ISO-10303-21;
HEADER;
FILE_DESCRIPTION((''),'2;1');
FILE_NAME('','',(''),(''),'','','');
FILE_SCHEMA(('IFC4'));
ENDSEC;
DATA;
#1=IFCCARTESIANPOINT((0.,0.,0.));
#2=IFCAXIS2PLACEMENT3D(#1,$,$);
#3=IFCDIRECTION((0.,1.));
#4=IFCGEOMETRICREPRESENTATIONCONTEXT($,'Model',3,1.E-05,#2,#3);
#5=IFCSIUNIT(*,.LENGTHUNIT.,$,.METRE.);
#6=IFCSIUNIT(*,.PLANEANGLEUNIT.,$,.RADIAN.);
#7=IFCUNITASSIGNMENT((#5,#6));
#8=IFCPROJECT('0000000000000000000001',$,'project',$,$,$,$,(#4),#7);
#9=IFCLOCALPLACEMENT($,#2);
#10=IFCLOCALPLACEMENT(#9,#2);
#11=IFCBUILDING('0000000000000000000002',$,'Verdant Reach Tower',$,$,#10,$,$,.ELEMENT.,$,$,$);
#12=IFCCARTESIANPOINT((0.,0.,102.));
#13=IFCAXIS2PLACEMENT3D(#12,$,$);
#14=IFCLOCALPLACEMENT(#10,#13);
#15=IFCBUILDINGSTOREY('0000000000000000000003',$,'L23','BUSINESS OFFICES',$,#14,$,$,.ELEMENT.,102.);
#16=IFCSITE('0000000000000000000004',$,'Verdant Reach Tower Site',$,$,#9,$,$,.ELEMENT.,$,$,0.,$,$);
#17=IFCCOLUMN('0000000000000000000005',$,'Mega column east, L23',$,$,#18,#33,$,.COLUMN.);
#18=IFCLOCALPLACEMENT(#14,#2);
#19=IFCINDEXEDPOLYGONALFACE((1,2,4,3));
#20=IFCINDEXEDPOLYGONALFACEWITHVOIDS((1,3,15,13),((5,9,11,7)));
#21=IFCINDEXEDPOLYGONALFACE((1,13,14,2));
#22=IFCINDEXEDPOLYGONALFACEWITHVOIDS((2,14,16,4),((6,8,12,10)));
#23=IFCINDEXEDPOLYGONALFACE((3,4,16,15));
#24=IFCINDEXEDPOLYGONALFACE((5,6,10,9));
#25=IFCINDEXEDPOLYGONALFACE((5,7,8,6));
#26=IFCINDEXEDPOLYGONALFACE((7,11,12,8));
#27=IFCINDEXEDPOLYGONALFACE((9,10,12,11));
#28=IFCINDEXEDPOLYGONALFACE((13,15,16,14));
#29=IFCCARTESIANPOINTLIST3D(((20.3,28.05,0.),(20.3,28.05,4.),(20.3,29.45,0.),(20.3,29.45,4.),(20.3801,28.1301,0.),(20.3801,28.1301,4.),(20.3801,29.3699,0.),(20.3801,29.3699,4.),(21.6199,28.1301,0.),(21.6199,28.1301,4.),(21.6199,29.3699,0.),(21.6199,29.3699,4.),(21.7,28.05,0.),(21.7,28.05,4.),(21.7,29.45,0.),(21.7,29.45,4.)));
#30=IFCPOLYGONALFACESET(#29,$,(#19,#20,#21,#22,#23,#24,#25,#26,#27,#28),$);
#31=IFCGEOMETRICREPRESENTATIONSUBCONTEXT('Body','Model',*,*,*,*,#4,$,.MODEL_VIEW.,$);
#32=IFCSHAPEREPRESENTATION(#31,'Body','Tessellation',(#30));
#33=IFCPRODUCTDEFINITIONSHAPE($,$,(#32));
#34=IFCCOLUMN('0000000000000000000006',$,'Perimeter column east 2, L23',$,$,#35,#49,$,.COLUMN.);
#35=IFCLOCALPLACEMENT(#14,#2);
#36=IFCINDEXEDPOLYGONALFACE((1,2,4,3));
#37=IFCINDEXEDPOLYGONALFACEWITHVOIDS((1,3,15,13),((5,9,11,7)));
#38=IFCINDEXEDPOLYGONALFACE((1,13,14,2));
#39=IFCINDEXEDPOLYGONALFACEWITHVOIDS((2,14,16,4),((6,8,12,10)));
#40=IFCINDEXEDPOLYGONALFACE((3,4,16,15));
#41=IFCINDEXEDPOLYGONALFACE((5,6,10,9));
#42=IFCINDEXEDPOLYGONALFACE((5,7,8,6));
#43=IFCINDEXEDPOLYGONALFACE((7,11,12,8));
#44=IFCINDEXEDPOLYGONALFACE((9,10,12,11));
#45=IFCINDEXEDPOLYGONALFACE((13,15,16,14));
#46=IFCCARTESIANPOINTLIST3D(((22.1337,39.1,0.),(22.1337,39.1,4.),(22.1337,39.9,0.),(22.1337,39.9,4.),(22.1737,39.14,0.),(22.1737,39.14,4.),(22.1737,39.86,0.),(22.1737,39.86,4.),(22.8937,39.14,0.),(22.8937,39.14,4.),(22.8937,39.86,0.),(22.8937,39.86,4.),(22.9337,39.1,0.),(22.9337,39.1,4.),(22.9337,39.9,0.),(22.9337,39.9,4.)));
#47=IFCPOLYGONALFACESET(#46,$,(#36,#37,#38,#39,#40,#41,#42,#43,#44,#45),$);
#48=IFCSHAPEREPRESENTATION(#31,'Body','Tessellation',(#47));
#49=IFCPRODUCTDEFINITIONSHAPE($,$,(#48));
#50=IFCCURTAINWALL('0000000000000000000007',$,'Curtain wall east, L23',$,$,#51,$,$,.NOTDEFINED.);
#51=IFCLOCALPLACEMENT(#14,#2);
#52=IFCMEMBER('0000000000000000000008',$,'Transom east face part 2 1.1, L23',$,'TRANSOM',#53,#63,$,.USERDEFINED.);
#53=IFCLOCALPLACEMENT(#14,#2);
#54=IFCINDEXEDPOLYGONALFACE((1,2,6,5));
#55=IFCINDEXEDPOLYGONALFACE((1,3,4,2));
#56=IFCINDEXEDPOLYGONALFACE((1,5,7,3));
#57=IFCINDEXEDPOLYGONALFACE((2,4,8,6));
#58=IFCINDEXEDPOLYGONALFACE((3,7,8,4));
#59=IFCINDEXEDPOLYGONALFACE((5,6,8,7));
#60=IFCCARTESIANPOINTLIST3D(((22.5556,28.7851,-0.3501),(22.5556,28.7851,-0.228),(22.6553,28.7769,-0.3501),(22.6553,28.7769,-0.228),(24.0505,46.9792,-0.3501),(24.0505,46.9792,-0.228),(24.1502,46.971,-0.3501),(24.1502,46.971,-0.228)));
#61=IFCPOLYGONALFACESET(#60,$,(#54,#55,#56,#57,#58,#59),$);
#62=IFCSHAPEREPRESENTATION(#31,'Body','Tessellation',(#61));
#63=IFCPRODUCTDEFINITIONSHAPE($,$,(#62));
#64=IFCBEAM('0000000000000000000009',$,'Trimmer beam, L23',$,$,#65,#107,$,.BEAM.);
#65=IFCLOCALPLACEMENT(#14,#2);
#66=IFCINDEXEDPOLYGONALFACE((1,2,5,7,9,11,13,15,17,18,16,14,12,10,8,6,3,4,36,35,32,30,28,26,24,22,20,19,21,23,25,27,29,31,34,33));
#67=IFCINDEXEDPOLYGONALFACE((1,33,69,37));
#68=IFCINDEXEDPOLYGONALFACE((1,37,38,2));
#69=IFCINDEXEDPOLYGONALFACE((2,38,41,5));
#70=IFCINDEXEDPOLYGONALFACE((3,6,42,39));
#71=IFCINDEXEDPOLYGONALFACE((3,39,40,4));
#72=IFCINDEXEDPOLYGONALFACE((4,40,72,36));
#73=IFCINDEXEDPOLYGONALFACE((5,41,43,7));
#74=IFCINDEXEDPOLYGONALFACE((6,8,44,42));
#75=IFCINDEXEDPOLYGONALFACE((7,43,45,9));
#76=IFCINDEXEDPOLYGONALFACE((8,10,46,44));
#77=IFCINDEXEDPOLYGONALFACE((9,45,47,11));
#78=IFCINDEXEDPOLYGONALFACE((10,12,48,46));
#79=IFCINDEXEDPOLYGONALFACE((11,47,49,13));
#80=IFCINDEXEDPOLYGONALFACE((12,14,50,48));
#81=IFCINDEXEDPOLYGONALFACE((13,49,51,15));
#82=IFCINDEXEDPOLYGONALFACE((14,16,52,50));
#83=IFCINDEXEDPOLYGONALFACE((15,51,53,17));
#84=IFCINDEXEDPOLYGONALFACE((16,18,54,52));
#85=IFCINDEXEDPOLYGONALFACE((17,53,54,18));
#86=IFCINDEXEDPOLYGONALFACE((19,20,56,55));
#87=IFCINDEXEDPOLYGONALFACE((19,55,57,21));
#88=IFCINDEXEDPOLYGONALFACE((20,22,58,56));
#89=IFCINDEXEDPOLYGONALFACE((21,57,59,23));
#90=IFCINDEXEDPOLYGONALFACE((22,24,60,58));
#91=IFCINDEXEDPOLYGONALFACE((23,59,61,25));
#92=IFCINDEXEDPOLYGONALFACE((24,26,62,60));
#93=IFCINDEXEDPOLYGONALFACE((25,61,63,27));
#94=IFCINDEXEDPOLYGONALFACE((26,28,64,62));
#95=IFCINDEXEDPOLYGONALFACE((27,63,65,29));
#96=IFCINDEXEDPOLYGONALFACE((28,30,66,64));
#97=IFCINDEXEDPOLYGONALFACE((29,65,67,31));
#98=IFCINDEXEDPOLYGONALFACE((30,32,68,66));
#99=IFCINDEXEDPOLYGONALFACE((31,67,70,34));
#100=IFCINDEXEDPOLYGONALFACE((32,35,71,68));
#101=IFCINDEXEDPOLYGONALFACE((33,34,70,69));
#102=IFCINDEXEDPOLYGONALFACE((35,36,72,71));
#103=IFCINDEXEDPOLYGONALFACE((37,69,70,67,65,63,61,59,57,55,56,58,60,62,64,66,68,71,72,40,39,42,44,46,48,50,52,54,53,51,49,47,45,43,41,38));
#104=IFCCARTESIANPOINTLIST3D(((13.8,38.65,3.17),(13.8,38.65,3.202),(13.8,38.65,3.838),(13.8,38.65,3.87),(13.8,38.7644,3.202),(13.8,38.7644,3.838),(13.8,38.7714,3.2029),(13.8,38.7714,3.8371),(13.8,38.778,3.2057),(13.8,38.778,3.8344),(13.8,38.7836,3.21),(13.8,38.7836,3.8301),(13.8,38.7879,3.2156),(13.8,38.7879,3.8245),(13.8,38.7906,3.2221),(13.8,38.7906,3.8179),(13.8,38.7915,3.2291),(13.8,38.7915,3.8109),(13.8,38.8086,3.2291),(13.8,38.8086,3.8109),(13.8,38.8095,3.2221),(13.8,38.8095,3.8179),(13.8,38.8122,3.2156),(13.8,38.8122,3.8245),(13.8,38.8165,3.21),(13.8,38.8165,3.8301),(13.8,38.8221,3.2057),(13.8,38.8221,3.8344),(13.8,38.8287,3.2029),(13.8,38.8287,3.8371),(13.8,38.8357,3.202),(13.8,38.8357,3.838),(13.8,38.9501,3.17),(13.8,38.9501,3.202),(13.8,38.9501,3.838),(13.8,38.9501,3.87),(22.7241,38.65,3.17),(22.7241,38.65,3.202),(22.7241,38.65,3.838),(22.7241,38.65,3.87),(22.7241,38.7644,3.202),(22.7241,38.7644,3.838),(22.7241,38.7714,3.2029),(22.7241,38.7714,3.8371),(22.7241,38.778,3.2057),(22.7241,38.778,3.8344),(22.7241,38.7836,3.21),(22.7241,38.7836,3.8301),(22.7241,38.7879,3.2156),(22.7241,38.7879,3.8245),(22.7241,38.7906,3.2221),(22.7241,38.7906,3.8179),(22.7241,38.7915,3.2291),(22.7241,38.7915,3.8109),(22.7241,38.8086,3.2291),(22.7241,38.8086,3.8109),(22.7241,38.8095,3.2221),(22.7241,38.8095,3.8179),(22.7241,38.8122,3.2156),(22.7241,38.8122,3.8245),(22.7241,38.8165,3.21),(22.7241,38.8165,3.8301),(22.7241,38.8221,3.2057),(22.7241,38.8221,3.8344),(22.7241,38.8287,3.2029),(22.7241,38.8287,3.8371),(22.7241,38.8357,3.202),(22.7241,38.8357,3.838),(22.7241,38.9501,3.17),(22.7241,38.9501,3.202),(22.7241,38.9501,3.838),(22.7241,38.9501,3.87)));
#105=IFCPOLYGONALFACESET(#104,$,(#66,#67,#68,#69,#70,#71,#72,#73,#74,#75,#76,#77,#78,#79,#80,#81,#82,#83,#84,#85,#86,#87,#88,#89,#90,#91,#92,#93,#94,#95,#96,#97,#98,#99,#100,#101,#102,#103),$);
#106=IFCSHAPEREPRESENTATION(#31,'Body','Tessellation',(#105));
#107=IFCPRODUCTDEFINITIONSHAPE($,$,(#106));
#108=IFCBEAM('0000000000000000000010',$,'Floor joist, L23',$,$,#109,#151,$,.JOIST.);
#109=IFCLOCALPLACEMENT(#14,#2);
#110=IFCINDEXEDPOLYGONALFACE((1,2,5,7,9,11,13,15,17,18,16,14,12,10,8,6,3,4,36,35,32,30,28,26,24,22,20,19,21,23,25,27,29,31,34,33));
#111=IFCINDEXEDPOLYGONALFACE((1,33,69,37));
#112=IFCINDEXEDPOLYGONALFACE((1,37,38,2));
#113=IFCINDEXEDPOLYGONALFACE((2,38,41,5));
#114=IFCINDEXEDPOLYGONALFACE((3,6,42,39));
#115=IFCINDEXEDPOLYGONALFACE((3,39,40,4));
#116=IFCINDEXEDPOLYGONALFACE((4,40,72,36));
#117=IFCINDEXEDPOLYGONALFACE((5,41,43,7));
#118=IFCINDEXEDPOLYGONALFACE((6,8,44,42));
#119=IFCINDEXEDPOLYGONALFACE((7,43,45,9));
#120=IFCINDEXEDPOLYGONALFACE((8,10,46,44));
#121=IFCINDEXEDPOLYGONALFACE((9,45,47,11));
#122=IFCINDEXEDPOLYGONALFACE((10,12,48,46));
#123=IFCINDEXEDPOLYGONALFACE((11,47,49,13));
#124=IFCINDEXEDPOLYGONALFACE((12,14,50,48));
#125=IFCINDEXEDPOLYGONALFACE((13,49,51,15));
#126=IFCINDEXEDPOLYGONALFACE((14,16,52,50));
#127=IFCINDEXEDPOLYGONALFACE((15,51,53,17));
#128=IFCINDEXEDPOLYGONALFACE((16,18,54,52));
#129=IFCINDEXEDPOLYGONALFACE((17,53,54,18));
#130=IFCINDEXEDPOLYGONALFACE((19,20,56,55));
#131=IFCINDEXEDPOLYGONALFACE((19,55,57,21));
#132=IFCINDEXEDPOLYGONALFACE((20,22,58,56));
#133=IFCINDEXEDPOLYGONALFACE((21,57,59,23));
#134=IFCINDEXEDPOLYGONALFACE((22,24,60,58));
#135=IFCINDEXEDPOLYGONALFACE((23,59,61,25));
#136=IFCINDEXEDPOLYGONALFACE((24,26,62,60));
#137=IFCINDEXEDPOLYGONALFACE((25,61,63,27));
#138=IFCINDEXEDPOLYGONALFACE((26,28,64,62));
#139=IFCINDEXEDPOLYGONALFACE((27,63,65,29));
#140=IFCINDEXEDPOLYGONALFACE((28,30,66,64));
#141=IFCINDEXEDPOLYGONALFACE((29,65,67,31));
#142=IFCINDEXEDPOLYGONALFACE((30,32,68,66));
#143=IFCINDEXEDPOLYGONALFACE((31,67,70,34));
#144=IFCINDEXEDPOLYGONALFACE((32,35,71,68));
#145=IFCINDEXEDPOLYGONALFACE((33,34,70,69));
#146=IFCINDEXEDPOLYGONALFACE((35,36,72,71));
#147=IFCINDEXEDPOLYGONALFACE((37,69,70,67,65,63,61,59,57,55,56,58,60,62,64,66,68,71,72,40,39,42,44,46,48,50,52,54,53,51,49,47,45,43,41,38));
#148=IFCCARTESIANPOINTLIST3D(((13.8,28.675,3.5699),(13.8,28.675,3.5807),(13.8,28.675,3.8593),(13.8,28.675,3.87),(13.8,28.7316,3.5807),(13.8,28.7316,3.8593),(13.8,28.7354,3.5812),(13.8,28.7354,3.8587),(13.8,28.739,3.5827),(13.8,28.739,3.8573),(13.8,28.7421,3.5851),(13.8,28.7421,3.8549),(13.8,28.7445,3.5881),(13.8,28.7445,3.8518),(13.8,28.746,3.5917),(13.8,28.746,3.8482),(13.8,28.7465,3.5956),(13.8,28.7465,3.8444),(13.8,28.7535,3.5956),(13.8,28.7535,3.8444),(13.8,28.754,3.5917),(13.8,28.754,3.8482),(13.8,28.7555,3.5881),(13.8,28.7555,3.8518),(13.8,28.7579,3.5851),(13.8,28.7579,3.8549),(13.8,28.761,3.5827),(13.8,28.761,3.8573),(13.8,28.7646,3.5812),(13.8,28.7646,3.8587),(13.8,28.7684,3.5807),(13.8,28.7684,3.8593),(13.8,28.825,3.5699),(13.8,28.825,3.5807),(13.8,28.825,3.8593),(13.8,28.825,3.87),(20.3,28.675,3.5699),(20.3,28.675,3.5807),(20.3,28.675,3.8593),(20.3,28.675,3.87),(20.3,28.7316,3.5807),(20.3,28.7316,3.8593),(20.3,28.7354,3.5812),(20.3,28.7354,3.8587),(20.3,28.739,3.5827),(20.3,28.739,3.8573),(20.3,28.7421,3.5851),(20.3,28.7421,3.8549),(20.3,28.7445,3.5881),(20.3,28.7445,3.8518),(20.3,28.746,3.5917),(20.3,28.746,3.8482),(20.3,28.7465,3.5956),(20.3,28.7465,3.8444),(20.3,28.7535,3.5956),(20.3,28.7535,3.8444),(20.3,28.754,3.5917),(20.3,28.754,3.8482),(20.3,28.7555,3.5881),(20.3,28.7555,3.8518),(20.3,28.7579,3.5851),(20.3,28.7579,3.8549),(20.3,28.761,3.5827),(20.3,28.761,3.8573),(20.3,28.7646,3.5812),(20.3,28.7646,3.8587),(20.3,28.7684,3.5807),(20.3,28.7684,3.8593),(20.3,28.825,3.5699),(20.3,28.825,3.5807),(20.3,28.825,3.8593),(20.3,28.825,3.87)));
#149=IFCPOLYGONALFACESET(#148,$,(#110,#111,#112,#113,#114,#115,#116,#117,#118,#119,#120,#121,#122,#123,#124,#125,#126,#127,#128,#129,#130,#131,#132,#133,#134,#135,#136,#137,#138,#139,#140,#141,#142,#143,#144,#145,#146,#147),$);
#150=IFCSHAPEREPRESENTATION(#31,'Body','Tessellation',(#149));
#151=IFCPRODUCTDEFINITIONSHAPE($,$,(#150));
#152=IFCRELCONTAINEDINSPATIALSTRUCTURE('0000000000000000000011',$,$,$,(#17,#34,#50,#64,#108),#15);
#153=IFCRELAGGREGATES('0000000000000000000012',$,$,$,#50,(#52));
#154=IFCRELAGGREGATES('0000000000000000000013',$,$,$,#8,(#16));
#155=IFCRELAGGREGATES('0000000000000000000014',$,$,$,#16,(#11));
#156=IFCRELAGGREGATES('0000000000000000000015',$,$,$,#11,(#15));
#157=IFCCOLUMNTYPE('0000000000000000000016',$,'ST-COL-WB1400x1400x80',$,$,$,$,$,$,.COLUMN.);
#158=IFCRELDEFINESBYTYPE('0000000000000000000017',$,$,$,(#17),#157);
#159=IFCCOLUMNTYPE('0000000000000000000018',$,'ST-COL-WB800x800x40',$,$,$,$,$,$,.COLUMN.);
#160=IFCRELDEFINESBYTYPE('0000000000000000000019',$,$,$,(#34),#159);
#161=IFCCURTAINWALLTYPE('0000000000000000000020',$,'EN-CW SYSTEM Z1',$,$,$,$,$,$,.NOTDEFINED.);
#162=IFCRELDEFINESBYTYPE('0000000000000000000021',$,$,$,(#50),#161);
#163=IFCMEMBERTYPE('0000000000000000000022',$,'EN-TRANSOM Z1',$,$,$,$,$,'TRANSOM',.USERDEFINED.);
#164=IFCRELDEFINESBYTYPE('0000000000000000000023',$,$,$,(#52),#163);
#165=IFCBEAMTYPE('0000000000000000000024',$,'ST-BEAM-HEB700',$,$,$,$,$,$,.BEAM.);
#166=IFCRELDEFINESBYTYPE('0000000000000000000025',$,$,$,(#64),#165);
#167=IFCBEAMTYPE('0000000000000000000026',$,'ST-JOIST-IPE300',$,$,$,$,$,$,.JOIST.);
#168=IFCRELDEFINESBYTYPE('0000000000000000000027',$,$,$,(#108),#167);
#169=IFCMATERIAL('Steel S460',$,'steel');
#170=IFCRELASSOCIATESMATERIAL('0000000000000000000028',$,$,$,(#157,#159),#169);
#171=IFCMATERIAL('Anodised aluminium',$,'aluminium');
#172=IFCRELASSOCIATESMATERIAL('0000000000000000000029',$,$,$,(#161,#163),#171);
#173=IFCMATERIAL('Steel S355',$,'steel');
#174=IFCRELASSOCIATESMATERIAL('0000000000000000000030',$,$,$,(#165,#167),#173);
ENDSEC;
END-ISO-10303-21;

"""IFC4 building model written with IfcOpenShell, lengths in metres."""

from ifc_helpers import new_model, si_unit, direction, frame, origin, origin_2d, place, context, subcontext, project, spatial, rectangle, hollow_rectangle, i_section, extrude, material, material_profile, profile_set, type_object, element, aggregate, save


model = new_model("IFC4")

# Units and contexts
model_context = context("Model", 3, precision=1e-05, world=origin(), true_north=direction((0.0, 1.0)))
body_context = subcontext(model_context, "Body", "Model", "MODEL_VIEW")
ifc_project = project(units=[si_unit("LENGTHUNIT", "METRE"), si_unit("PLANEANGLEUNIT", "RADIAN")], contexts=[model_context])

# Site, building, storey
site_placement = place(None, origin())
site = spatial("IfcSite", under=ifc_project, at=site_placement, Name="Verdant Reach Tower Site", CompositionType="ELEMENT", RefElevation=0.0)
building_placement = place(site_placement, origin())
building = spatial("IfcBuilding", under=site, at=building_placement, Name="Verdant Reach Tower", CompositionType="ELEMENT")
storey_placement = place(building_placement, frame((0.0, 0.0, 102.0)))
storey = spatial("IfcBuildingStorey", under=building, at=storey_placement, Name="L23", Description="BUSINESS OFFICES", CompositionType="ELEMENT", Elevation=102.0)

# Columns
ifc_material_1 = material(Name="Steel S460", Category="steel")
ifc_material_profile_1 = material_profile(ifc_material_1, hollow_rectangle(XDim=1.3999, YDim=1.3999, WallThickness=0.0801, at=origin_2d()), Name="WB 1400x1400x80")
ifc_profile_set_1 = profile_set([ifc_material_profile_1], Name="Steel S460")
column_type_1 = type_object("IfcColumnType", Name="ST-COL-WB1400x1400x80", PredefinedType="COLUMN", material=ifc_profile_set_1)
column_1_placement = place(storey_placement, frame((21.0, 28.75, 0.0), z_axis=(0.0, 0.0, 1.0), x_axis=(1.0, 0.0, 0.0)))
element("IfcColumn", 1, at=column_1_placement, inside=storey, type_object=column_type_1, Name="Mega column east, L23", PredefinedType="COLUMN", context=body_context, shape_type="SweptSolid", body=[
    extrude(hollow_rectangle(XDim=1.3999, YDim=1.3999, WallThickness=0.0801, at=origin_2d()), origin(), (0.0, 0.0, 1.0), 4.0),
])
ifc_material_profile_2 = material_profile(ifc_material_1, hollow_rectangle(XDim=0.8, YDim=0.8, WallThickness=0.04, at=origin_2d()), Name="WB 800x800x40")
ifc_profile_set_2 = profile_set([ifc_material_profile_2], Name="Steel S460")
column_type_2 = type_object("IfcColumnType", Name="ST-COL-WB800x800x40", PredefinedType="COLUMN", material=ifc_profile_set_2)
column_2_placement = place(storey_placement, frame((22.5337, 39.5, 0.0), z_axis=(0.0, 0.0, 1.0), x_axis=(1.0, 0.0, 0.0)))
element("IfcColumn", 2, at=column_2_placement, inside=storey, type_object=column_type_2, Name="Perimeter column east 2, L23", PredefinedType="COLUMN", context=body_context, shape_type="SweptSolid", body=[
    extrude(hollow_rectangle(XDim=0.8, YDim=0.8, WallThickness=0.04, at=origin_2d()), origin(), (0.0, 0.0, 1.0), 4.0),
])

# Curtain wall, member
ifc_material_2 = material(Name="Anodised aluminium", Category="aluminium")
curtain_wall_type = type_object("IfcCurtainWallType", Name="EN-CW SYSTEM Z1", PredefinedType="NOTDEFINED", material=ifc_material_2)
curtain_wall_placement = place(storey_placement, origin())
curtain_wall = element("IfcCurtainWall", 3, at=curtain_wall_placement, inside=storey, type_object=curtain_wall_type, Name="Curtain wall east, L23", PredefinedType="NOTDEFINED")
ifc_material_profile_3 = material_profile(ifc_material_2, rectangle(XDim=0.1001, YDim=0.1221, at=origin_2d()), Name="Transom 122x100")
ifc_profile_set_3 = profile_set([ifc_material_profile_3], Name="Anodised aluminium")
member_type = type_object("IfcMemberType", Name="EN-TRANSOM Z1", ElementType="TRANSOM", PredefinedType="USERDEFINED", material=ifc_profile_set_3)
member_placement = place(storey_placement, frame((22.6055, 28.781, -0.2891), z_axis=(0.081887, 0.996642, 0.0), x_axis=(-0.996642, 0.081887, 0.0)))
member = element("IfcMember", 4, at=member_placement, type_object=member_type, Name="Transom east face part 2 1.1, L23", ObjectType="TRANSOM", PredefinedType="USERDEFINED", context=body_context, shape_type="SweptSolid", body=[
    extrude(rectangle(XDim=0.1001, YDim=0.1221, at=origin_2d()), origin(), (0.0, 0.0, 1.0), 18.2554),
])

# Beams
ifc_material_3 = material(Name="Steel S355", Category="steel")
ifc_material_profile_4 = material_profile(ifc_material_3, i_section(OverallWidth=0.3, OverallDepth=0.7, WebThickness=0.0171, FlangeThickness=0.032, FilletRadius=0.0271, at=origin_2d()), Name="HEB 700")
ifc_profile_set_4 = profile_set([ifc_material_profile_4], Name="Steel S355")
beam_type_1 = type_object("IfcBeamType", Name="ST-BEAM-HEB700", PredefinedType="BEAM", material=ifc_profile_set_4)
beam_1_placement = place(storey_placement, frame((13.8, 38.8, 3.52), z_axis=(1.0, 0.0, 0.0), x_axis=(0.0, 1.0, 0.0)))
element("IfcBeam", 5, at=beam_1_placement, inside=storey, type_object=beam_type_1, Name="Trimmer beam, L23", PredefinedType="BEAM", context=body_context, shape_type="SweptSolid", body=[
    extrude(i_section(OverallWidth=0.3, OverallDepth=0.7, WebThickness=0.0171, FlangeThickness=0.032, FilletRadius=0.0271, at=origin_2d()), origin(), (0.0, 0.0, 1.0), 8.9241),
])
ifc_material_profile_5 = material_profile(ifc_material_3, i_section(OverallWidth=0.1499, OverallDepth=0.3, WebThickness=0.0071, FlangeThickness=0.0107, FilletRadius=0.0149, at=origin_2d()), Name="IPE 300")
ifc_profile_set_5 = profile_set([ifc_material_profile_5], Name="Steel S355")
beam_type_2 = type_object("IfcBeamType", Name="ST-JOIST-IPE300", PredefinedType="JOIST", material=ifc_profile_set_5)
beam_2_placement = place(storey_placement, frame((13.8, 28.75, 3.72), z_axis=(1.0, 0.0, 0.0), x_axis=(0.0, 1.0, 0.0)))
element("IfcBeam", 6, at=beam_2_placement, inside=storey, type_object=beam_type_2, Name="Floor joist, L23", PredefinedType="JOIST", context=body_context, shape_type="SweptSolid", body=[
    extrude(i_section(OverallWidth=0.1499, OverallDepth=0.3, WebThickness=0.0071, FlangeThickness=0.0107, FilletRadius=0.0149, at=origin_2d()), origin(), (0.0, 0.0, 1.0), 6.5),
])

aggregate(curtain_wall, [member])

save(model, "model.ifc")
